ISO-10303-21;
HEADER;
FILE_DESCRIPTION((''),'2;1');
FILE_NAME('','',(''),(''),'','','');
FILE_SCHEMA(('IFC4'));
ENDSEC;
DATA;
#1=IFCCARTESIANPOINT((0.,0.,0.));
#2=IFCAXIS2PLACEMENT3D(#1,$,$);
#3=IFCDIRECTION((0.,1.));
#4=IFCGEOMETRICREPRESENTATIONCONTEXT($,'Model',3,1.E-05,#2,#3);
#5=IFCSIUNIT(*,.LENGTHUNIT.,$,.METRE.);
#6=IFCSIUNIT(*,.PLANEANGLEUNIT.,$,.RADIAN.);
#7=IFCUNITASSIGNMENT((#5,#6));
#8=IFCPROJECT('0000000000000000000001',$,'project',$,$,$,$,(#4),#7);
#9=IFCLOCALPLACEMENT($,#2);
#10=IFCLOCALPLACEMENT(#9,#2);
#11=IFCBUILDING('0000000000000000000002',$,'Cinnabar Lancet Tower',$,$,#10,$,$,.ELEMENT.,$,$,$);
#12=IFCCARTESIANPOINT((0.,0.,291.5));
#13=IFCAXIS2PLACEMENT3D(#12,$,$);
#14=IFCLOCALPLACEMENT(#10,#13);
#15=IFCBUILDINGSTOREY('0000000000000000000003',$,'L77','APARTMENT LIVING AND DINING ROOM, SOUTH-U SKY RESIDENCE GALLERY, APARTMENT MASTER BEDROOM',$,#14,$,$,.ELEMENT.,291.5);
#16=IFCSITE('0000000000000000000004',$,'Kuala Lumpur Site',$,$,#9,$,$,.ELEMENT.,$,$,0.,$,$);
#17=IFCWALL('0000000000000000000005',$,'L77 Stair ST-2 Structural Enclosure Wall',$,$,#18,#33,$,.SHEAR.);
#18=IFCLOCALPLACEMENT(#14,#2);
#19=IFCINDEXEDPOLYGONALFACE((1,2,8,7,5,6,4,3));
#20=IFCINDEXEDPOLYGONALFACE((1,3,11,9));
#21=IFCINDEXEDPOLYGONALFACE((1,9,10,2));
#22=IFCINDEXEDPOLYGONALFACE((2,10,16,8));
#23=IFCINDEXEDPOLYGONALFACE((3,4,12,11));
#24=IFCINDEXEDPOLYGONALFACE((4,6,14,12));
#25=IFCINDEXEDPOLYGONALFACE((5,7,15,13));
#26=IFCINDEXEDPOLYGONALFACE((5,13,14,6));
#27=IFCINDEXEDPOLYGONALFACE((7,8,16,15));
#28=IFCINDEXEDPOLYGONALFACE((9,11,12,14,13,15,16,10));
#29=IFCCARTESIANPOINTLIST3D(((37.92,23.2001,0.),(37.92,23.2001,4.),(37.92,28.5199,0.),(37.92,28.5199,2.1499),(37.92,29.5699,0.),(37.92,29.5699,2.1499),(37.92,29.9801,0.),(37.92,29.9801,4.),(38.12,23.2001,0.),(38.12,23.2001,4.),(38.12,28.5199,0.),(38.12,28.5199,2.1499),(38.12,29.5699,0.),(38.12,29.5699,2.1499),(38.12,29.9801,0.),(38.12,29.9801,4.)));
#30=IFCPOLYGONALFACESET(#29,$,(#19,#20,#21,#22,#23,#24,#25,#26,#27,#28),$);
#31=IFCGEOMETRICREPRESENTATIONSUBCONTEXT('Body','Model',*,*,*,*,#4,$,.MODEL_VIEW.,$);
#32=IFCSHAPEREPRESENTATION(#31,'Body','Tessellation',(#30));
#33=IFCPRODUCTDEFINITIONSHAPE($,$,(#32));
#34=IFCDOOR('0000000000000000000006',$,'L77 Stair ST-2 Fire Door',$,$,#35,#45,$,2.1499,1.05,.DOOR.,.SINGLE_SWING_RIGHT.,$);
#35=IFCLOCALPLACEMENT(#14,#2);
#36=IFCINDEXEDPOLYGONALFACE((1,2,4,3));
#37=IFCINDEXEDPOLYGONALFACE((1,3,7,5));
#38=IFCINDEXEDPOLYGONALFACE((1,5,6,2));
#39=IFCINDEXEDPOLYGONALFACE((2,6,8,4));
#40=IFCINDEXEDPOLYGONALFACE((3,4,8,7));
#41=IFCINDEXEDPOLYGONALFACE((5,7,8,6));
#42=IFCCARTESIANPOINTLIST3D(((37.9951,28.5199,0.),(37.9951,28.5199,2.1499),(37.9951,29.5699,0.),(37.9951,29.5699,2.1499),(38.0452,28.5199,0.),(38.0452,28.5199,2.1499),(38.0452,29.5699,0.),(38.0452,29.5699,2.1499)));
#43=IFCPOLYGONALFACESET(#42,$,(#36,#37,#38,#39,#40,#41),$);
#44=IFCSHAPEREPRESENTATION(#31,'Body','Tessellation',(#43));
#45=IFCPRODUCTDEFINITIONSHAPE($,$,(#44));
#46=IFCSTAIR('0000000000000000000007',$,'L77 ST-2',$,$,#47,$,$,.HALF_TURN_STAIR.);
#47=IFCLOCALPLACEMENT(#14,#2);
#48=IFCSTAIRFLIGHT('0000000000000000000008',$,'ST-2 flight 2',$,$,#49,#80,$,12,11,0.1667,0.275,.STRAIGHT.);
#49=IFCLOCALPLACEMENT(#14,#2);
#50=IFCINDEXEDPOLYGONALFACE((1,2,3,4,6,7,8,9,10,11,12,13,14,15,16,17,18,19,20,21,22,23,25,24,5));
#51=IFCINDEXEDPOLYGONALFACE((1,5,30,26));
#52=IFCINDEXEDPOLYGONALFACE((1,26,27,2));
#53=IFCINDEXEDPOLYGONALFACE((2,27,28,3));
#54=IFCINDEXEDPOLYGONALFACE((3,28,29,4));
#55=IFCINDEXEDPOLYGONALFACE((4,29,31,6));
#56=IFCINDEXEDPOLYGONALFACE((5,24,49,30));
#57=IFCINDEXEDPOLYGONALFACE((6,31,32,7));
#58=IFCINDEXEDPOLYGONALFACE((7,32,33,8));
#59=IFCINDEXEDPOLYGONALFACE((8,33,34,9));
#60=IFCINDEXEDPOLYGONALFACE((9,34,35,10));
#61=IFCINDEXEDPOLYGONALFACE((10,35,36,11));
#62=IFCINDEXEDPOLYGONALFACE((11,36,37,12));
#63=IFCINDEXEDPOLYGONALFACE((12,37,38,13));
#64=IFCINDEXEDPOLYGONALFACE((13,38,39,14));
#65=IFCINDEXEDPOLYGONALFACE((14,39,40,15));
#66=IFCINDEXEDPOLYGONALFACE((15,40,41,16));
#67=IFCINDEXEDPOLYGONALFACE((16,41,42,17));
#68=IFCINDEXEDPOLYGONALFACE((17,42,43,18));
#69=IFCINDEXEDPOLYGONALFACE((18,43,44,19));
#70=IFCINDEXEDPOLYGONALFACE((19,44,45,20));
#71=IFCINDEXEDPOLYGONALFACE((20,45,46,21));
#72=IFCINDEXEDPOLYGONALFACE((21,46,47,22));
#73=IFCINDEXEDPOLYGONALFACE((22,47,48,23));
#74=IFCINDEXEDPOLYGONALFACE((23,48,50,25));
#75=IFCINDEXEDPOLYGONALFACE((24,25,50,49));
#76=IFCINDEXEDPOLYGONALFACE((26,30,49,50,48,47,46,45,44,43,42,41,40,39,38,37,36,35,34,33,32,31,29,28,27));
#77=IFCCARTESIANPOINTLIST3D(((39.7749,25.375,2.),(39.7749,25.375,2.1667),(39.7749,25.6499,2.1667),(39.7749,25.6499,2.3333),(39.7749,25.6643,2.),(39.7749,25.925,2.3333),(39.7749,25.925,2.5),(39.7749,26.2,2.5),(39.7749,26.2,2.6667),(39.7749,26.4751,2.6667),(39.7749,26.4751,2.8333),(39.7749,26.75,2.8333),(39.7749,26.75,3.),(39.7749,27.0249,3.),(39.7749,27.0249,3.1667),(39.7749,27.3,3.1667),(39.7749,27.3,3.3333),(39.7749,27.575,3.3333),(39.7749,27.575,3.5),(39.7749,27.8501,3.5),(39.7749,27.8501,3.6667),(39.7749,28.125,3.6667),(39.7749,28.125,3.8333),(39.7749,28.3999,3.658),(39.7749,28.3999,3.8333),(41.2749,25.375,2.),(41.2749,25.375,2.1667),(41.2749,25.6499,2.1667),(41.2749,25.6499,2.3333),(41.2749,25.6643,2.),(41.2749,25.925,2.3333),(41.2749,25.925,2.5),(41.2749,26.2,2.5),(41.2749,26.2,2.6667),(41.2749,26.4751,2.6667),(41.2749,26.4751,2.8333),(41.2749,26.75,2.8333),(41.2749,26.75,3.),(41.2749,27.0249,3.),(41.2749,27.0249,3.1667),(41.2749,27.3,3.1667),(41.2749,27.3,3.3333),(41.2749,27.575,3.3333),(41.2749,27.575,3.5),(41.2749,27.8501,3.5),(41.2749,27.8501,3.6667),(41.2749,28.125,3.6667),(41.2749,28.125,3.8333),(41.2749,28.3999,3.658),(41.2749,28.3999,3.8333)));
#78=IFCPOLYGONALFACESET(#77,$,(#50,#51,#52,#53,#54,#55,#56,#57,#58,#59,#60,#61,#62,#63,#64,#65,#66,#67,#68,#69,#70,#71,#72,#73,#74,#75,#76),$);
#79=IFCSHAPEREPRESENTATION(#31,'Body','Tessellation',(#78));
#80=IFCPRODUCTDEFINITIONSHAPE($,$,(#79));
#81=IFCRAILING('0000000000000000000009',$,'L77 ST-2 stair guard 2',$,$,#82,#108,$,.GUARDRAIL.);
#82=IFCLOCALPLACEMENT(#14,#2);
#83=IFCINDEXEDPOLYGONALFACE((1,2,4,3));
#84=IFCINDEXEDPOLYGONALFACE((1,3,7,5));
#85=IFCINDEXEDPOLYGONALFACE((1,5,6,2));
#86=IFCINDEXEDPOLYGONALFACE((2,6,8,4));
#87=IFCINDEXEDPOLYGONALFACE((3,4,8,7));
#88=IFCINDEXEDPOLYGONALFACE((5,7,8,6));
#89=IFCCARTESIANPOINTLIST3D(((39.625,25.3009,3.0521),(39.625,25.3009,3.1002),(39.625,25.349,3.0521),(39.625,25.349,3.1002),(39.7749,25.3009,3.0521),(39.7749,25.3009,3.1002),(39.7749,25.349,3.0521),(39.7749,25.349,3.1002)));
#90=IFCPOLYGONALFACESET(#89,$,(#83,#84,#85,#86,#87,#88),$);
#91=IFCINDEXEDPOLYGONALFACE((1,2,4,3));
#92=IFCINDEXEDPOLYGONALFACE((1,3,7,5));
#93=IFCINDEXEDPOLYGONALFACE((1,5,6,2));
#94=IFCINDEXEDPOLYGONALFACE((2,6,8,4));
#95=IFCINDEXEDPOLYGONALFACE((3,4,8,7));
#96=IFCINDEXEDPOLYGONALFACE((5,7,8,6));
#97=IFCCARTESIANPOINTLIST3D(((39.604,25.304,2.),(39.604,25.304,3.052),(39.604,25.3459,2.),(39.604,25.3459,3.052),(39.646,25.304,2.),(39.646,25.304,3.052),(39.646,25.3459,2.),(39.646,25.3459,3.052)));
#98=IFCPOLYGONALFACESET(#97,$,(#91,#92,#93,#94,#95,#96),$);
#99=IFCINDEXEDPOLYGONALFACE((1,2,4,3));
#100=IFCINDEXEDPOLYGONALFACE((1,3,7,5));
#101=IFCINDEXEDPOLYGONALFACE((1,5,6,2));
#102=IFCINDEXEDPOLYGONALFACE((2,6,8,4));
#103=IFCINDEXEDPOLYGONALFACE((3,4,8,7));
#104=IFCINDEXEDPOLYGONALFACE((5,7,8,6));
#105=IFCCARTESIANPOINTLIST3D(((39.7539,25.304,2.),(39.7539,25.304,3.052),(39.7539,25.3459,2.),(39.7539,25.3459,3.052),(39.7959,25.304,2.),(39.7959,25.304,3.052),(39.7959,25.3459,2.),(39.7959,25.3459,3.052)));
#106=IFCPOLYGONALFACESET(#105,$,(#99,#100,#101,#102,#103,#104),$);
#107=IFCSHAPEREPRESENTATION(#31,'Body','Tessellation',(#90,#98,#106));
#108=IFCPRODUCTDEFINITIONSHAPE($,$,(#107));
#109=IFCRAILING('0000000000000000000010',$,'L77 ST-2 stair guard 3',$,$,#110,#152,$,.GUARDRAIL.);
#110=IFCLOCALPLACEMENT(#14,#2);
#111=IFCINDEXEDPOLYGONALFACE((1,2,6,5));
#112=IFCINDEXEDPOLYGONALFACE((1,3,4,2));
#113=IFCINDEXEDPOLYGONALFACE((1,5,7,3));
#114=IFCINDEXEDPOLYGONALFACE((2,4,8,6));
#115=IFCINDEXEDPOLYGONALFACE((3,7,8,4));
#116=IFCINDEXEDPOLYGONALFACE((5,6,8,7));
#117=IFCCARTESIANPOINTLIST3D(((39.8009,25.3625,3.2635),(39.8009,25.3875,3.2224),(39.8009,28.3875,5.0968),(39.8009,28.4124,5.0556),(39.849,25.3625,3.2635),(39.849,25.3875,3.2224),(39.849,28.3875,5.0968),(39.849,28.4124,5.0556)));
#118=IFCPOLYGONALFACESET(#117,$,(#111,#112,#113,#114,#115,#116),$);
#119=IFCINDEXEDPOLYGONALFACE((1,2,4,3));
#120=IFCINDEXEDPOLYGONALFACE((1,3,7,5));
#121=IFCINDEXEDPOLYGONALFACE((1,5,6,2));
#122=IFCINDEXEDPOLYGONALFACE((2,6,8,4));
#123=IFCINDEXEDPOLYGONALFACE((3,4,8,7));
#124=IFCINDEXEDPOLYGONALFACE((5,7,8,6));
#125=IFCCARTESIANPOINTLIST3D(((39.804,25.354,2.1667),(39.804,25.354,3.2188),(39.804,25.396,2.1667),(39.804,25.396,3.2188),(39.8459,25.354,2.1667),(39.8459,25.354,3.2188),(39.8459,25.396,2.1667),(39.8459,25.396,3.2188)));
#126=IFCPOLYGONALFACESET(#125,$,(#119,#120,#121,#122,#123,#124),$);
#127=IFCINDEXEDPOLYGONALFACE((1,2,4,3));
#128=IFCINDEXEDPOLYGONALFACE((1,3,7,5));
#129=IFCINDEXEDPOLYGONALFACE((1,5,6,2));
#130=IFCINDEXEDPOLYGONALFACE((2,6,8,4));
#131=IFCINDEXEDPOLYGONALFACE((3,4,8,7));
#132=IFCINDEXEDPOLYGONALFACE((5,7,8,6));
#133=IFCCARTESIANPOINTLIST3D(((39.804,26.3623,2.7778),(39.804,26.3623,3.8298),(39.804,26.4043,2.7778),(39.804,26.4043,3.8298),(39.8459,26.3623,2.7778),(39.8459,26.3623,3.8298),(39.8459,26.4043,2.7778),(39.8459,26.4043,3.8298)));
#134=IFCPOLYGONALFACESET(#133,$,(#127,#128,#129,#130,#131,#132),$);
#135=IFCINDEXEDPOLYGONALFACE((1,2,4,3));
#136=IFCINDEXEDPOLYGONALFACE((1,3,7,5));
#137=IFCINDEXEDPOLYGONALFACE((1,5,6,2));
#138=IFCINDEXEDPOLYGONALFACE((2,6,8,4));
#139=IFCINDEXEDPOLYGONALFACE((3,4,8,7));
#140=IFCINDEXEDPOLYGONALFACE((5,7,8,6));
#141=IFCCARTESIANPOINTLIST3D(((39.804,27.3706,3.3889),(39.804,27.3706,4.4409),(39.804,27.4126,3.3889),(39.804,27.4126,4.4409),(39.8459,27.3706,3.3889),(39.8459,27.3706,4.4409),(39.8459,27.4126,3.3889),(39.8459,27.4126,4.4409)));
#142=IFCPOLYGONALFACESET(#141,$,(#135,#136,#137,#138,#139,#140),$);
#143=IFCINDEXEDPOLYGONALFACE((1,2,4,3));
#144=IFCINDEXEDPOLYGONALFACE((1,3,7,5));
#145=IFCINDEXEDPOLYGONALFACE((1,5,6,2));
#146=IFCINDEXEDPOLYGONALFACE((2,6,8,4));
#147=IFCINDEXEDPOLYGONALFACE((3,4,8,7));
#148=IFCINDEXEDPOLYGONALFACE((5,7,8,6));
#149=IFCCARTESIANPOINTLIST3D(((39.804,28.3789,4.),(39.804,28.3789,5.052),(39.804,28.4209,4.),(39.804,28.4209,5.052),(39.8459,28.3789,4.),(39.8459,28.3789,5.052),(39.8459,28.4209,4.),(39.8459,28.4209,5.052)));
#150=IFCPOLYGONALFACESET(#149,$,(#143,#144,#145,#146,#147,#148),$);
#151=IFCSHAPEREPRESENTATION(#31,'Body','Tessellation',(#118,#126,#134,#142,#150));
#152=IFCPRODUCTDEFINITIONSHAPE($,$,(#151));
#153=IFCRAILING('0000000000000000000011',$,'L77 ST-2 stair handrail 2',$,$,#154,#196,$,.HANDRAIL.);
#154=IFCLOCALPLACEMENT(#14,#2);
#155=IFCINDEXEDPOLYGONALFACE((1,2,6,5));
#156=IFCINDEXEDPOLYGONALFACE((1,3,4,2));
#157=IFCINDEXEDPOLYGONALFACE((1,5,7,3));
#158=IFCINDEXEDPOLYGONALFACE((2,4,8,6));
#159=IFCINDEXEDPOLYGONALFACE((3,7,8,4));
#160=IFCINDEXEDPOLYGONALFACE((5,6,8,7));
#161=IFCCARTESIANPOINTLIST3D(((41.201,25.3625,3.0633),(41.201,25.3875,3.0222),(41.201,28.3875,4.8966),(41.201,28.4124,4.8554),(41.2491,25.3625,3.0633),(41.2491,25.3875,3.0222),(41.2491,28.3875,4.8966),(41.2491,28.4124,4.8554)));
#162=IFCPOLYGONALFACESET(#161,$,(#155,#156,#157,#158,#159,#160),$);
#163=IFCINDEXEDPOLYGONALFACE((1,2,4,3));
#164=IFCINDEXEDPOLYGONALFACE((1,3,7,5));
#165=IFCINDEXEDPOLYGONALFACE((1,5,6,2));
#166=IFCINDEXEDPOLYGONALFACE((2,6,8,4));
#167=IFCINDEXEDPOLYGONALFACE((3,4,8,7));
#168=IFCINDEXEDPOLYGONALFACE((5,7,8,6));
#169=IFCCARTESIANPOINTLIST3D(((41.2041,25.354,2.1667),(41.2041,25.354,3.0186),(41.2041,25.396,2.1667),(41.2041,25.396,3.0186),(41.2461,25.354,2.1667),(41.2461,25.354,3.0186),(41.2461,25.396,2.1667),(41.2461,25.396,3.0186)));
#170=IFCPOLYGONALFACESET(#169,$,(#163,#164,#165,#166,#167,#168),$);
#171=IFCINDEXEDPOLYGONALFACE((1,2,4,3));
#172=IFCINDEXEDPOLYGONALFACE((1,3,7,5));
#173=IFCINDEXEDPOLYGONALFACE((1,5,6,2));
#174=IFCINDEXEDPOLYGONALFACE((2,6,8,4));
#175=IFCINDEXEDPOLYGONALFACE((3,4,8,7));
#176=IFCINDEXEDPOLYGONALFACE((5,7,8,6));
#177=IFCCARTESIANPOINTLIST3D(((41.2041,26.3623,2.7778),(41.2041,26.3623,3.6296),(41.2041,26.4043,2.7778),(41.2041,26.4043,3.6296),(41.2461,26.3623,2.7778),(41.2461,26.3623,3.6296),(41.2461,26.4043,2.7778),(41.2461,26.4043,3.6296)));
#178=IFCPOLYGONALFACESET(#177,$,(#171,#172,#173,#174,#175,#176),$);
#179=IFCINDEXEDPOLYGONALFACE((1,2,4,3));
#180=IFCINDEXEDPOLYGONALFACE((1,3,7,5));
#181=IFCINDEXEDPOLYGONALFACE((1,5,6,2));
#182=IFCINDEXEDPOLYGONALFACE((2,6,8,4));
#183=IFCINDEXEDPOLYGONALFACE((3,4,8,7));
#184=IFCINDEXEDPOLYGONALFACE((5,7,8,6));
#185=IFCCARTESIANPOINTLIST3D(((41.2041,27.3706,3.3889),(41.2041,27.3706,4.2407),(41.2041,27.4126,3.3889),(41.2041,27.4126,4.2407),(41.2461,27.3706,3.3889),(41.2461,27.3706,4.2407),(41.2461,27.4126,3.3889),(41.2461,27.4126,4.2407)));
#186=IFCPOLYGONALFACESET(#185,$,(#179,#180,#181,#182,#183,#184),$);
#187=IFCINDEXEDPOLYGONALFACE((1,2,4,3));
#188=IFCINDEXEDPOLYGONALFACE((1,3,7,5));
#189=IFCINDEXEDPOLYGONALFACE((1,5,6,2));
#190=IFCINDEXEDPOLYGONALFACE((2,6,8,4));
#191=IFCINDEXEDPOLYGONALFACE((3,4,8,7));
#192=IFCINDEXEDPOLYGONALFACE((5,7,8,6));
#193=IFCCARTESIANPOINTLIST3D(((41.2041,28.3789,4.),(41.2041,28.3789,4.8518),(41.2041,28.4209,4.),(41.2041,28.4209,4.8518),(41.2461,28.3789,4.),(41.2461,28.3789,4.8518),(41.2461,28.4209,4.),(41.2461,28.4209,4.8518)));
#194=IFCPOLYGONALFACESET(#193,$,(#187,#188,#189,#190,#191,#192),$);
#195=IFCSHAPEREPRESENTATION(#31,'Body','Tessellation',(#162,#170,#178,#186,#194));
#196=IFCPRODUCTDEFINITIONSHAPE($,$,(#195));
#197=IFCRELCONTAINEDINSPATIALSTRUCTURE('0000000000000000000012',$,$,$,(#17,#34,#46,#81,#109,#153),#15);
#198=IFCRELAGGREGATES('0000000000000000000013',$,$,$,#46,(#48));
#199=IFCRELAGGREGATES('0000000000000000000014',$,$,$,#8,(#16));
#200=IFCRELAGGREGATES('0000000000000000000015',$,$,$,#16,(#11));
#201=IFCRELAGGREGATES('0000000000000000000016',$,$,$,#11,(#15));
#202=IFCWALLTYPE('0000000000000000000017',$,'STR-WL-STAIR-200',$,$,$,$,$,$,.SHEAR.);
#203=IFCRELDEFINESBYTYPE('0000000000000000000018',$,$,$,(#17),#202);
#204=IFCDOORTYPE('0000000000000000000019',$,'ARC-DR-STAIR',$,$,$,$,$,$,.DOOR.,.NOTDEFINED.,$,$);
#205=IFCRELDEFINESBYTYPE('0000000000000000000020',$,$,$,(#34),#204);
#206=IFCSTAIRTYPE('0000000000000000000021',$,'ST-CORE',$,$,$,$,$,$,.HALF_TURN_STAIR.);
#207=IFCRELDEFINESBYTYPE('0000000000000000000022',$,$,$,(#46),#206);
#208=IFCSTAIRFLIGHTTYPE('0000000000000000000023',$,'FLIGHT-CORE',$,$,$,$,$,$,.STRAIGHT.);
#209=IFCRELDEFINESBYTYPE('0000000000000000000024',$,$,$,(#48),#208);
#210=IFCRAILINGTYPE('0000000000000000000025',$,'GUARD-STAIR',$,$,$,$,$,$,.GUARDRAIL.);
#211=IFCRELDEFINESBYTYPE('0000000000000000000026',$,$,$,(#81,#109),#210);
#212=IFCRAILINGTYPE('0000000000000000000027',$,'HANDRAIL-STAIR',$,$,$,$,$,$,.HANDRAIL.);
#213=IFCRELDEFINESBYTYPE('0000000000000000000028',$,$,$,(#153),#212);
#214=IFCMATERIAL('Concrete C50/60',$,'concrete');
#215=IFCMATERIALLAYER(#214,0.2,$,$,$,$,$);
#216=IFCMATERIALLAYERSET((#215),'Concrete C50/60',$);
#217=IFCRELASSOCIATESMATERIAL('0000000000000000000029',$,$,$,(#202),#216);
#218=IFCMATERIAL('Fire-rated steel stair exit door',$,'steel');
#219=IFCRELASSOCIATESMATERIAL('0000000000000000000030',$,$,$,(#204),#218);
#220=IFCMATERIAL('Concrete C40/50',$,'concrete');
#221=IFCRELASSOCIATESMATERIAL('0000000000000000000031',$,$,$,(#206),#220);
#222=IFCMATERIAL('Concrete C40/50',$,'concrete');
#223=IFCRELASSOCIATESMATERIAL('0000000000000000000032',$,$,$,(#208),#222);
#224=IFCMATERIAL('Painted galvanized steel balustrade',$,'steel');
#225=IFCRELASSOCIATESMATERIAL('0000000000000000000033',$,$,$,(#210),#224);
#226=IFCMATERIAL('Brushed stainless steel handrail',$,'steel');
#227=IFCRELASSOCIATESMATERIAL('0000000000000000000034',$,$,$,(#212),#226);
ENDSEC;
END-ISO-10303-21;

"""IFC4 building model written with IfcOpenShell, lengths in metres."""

from ifc_helpers import new_model, si_unit, direction, frame, frame_2d, origin, origin_2d, place, context, subcontext, project, spatial, polyline, rectangle, outline, extrude, material, layer, layer_set, type_object, element, fill, aggregate, save


model = new_model("IFC4")

# Units and contexts
model_context = context("Model", 3, precision=1e-05, world=origin(), true_north=direction((0.0, 1.0)))
body_context = subcontext(model_context, "Body", "Model", "MODEL_VIEW")
ifc_project = project(units=[si_unit("LENGTHUNIT", "METRE"), si_unit("PLANEANGLEUNIT", "RADIAN")], contexts=[model_context])

# Site, building, storey
site_placement = place(None, origin())
site = spatial("IfcSite", under=ifc_project, at=site_placement, Name="Kuala Lumpur Site", CompositionType="ELEMENT", RefElevation=0.0)
building_placement = place(site_placement, origin())
building = spatial("IfcBuilding", under=site, at=building_placement, Name="Cinnabar Lancet Tower", CompositionType="ELEMENT")
storey_placement = place(building_placement, frame((0.0, 0.0, 291.5)))
storey = spatial("IfcBuildingStorey", under=building, at=storey_placement, Name="L77", Description="APARTMENT LIVING AND DINING ROOM, SOUTH-U SKY RESIDENCE GALLERY, APARTMENT MASTER BEDROOM", CompositionType="ELEMENT", Elevation=291.5)

# Wall, opening, door
ifc_material_1 = material(Name="Concrete C50/60", Category="concrete")
ifc_layer_1 = layer(ifc_material_1, 0.2)
ifc_layer_set_1 = layer_set([ifc_layer_1], Name="Concrete C50/60")
wall_type_1 = type_object("IfcWallType", Name="STR-WL-STAIR-200", PredefinedType="SHEAR", material=ifc_layer_set_1)
wall_1_placement = place(storey_placement, frame((38.02, 23.2, 0.0), z_axis=(0.0, 0.0, 1.0), x_axis=(0.0, 1.0, 0.0)))
wall_1 = element("IfcWall", 1, at=wall_1_placement, inside=storey, type_object=wall_type_1, Name="L77 Stair ST-2 Structural Enclosure Wall", PredefinedType="SHEAR", context=body_context, shape_type="SweptSolid", body=[
    extrude(rectangle(XDim=6.78, YDim=0.2, at=frame_2d((3.3901, 0.0))), origin(), (0.0, 0.0, 1.0), 4.0),
])
opening_1_placement = place(wall_1_placement, frame((5.3201, 0.0, 0.0)))
opening_1 = element("IfcOpeningElement", 2, at=opening_1_placement, cuts=wall_1, PredefinedType="OPENING", context=body_context, shape_type="SweptSolid", body=[
    extrude(rectangle(XDim=1.05, YDim=2.1499, at=frame_2d((0.5249, 1.075))), frame((0.0, 0.1099, 0.0), z_axis=(0.0, -1.0, 0.0), x_axis=(1.0, 0.0, 0.0)), (0.0, 0.0, 1.0), 0.22),
])
ifc_material_2 = material(Name="Fire-rated steel stair exit door", Category="steel")
door_type_1 = type_object("IfcDoorType", Name="ARC-DR-STAIR", OperationType="NOTDEFINED", PredefinedType="DOOR", material=ifc_material_2)
door_1_placement = place(opening_1_placement, origin())
door_1 = element("IfcDoor", 3, at=door_1_placement, inside=storey, type_object=door_type_1, Name="L77 Stair ST-2 Fire Door", OperationType="SINGLE_SWING_RIGHT", OverallHeight=2.1499, OverallWidth=1.05, PredefinedType="DOOR", context=body_context, shape_type="SweptSolid", body=[
    extrude(rectangle(XDim=1.05, YDim=2.1499, at=frame_2d((0.5249, 1.075))), frame((0.0, 0.0249, 0.0), z_axis=(0.0, -1.0, 0.0), x_axis=(1.0, 0.0, 0.0)), (0.0, 0.0, 1.0), 0.05),
])
fill(opening_1, door_1)

# Stair, stair flight
ifc_material_3 = material(Name="Concrete C40/50", Category="concrete")
stair_type = type_object("IfcStairType", Name="ST-CORE", PredefinedType="HALF_TURN_STAIR", material=ifc_material_3)
stair_placement = place(storey_placement, origin())
stair = element("IfcStair", 4, at=stair_placement, inside=storey, type_object=stair_type, Name="L77 ST-2", PredefinedType="HALF_TURN_STAIR")
ifc_material_4 = material(Name="Concrete C40/50", Category="concrete")
stair_flight_type = type_object("IfcStairFlightType", Name="FLIGHT-CORE", PredefinedType="STRAIGHT", material=ifc_material_4)
stair_flight_placement = place(storey_placement, frame((40.5249, 25.375, 2.0), z_axis=(0.0, 0.0, 1.0), x_axis=(0.0, 1.0, 0.0)))
stair_flight = element("IfcStairFlight", 5, at=stair_flight_placement, type_object=stair_flight_type, Name="ST-2 flight 2", NumberOfRisers=12, NumberOfTreads=11, PredefinedType="STRAIGHT", RiserHeight=0.1667, TreadLength=0.275, context=body_context, shape_type="SweptSolid", body=[
    extrude(outline(polyline([(0.0, 0.0), (0.0, 0.1667), (0.2749, 0.1667), (0.2749, 0.3333), (0.55, 0.3333), (0.55, 0.5), (0.825, 0.5), (0.825, 0.6667), (1.1001, 0.6667), (1.1001, 0.8333), (1.375, 0.8333), (1.375, 1.0), (1.6499, 1.0), (1.6499, 1.1667), (1.925, 1.1667), (1.925, 1.3333), (2.2, 1.3333), (2.2, 1.5), (2.4751, 1.5), (2.4751, 1.6667), (2.75, 1.6667), (2.75, 1.8333), (3.0249, 1.8333), (3.0249, 2.0), (3.0249, 1.658), (0.2893, 0.0), (0.0, 0.0)])), frame((0.0, 0.75, 0.0), z_axis=(0.0, -1.0, 0.0), x_axis=(1.0, 0.0, 0.0)), (0.0, 0.0, 1.0), 1.5),
])
aggregate(stair, [stair_flight])

# Railings
ifc_material_5 = material(Name="Painted galvanized steel balustrade", Category="steel")
railing_type_1 = type_object("IfcRailingType", Name="GUARD-STAIR", PredefinedType="GUARDRAIL", material=ifc_material_5)
railing_1_placement = place(storey_placement, frame((39.625, 25.325, 2.0)))
element("IfcRailing", 6, at=railing_1_placement, inside=storey, type_object=railing_type_1, Name="L77 ST-2 stair guard 2", PredefinedType="GUARDRAIL", context=body_context, shape_type="SweptSolid", body=[
    extrude(rectangle(XDim=0.0481, YDim=0.0481, at=origin_2d()), frame((0.0, 0.0, 1.0762), z_axis=(1.0, 0.0, 0.0), x_axis=(0.0, 1.0, 0.0)), (0.0, 0.0, 1.0), 0.1499),
    extrude(rectangle(XDim=0.042, YDim=0.042, at=origin_2d()), origin(), (0.0, 0.0, 1.0), 1.052),
    extrude(rectangle(XDim=0.042, YDim=0.042, at=origin_2d()), frame((0.1499, 0.0, 0.0)), (0.0, 0.0, 1.0), 1.052),
])
railing_2_placement = place(storey_placement, frame((39.825, 25.375, 2.1667)))
element("IfcRailing", 7, at=railing_2_placement, inside=storey, type_object=railing_type_1, Name="L77 ST-2 stair guard 3", PredefinedType="GUARDRAIL", context=body_context, shape_type="SweptSolid", body=[
    extrude(rectangle(XDim=0.0481, YDim=0.0481, at=origin_2d()), frame((0.0, 0.0, 1.0762), z_axis=(0.0, 0.855201, 0.518297), x_axis=(-1.0, 0.0, 0.0)), (0.0, 0.0, 1.0), 3.5371),
    extrude(rectangle(XDim=0.042, YDim=0.042, at=origin_2d()), origin(), (0.0, 0.0, 1.0), 1.052),
    extrude(rectangle(XDim=0.042, YDim=0.042, at=origin_2d()), frame((0.0, 1.0083, 0.6111)), (0.0, 0.0, 1.0), 1.052),
    extrude(rectangle(XDim=0.042, YDim=0.042, at=origin_2d()), frame((0.0, 2.0166, 1.2222)), (0.0, 0.0, 1.0), 1.052),
    extrude(rectangle(XDim=0.042, YDim=0.042, at=origin_2d()), frame((0.0, 3.0249, 1.8333)), (0.0, 0.0, 1.0), 1.052),
])
ifc_material_6 = material(Name="Brushed stainless steel handrail", Category="steel")
railing_type_2 = type_object("IfcRailingType", Name="HANDRAIL-STAIR", PredefinedType="HANDRAIL", material=ifc_material_6)
railing_3_placement = place(storey_placement, frame((41.2251, 25.375, 2.1667)))
element("IfcRailing", 8, at=railing_3_placement, inside=storey, type_object=railing_type_2, Name="L77 ST-2 stair handrail 2", PredefinedType="HANDRAIL", context=body_context, shape_type="SweptSolid", body=[
    extrude(rectangle(XDim=0.0481, YDim=0.0481, at=origin_2d()), frame((0.0, 0.0, 0.876), z_axis=(0.0, 0.855201, 0.518297), x_axis=(-1.0, 0.0, 0.0)), (0.0, 0.0, 1.0), 3.5371),
    extrude(rectangle(XDim=0.042, YDim=0.042, at=origin_2d()), origin(), (0.0, 0.0, 1.0), 0.8518),
    extrude(rectangle(XDim=0.042, YDim=0.042, at=origin_2d()), frame((0.0, 1.0083, 0.6111)), (0.0, 0.0, 1.0), 0.8518),
    extrude(rectangle(XDim=0.042, YDim=0.042, at=origin_2d()), frame((0.0, 2.0166, 1.2222)), (0.0, 0.0, 1.0), 0.8518),
    extrude(rectangle(XDim=0.042, YDim=0.042, at=origin_2d()), frame((0.0, 3.0249, 1.8333)), (0.0, 0.0, 1.0), 0.8518),
])

save(model, "model.ifc")
